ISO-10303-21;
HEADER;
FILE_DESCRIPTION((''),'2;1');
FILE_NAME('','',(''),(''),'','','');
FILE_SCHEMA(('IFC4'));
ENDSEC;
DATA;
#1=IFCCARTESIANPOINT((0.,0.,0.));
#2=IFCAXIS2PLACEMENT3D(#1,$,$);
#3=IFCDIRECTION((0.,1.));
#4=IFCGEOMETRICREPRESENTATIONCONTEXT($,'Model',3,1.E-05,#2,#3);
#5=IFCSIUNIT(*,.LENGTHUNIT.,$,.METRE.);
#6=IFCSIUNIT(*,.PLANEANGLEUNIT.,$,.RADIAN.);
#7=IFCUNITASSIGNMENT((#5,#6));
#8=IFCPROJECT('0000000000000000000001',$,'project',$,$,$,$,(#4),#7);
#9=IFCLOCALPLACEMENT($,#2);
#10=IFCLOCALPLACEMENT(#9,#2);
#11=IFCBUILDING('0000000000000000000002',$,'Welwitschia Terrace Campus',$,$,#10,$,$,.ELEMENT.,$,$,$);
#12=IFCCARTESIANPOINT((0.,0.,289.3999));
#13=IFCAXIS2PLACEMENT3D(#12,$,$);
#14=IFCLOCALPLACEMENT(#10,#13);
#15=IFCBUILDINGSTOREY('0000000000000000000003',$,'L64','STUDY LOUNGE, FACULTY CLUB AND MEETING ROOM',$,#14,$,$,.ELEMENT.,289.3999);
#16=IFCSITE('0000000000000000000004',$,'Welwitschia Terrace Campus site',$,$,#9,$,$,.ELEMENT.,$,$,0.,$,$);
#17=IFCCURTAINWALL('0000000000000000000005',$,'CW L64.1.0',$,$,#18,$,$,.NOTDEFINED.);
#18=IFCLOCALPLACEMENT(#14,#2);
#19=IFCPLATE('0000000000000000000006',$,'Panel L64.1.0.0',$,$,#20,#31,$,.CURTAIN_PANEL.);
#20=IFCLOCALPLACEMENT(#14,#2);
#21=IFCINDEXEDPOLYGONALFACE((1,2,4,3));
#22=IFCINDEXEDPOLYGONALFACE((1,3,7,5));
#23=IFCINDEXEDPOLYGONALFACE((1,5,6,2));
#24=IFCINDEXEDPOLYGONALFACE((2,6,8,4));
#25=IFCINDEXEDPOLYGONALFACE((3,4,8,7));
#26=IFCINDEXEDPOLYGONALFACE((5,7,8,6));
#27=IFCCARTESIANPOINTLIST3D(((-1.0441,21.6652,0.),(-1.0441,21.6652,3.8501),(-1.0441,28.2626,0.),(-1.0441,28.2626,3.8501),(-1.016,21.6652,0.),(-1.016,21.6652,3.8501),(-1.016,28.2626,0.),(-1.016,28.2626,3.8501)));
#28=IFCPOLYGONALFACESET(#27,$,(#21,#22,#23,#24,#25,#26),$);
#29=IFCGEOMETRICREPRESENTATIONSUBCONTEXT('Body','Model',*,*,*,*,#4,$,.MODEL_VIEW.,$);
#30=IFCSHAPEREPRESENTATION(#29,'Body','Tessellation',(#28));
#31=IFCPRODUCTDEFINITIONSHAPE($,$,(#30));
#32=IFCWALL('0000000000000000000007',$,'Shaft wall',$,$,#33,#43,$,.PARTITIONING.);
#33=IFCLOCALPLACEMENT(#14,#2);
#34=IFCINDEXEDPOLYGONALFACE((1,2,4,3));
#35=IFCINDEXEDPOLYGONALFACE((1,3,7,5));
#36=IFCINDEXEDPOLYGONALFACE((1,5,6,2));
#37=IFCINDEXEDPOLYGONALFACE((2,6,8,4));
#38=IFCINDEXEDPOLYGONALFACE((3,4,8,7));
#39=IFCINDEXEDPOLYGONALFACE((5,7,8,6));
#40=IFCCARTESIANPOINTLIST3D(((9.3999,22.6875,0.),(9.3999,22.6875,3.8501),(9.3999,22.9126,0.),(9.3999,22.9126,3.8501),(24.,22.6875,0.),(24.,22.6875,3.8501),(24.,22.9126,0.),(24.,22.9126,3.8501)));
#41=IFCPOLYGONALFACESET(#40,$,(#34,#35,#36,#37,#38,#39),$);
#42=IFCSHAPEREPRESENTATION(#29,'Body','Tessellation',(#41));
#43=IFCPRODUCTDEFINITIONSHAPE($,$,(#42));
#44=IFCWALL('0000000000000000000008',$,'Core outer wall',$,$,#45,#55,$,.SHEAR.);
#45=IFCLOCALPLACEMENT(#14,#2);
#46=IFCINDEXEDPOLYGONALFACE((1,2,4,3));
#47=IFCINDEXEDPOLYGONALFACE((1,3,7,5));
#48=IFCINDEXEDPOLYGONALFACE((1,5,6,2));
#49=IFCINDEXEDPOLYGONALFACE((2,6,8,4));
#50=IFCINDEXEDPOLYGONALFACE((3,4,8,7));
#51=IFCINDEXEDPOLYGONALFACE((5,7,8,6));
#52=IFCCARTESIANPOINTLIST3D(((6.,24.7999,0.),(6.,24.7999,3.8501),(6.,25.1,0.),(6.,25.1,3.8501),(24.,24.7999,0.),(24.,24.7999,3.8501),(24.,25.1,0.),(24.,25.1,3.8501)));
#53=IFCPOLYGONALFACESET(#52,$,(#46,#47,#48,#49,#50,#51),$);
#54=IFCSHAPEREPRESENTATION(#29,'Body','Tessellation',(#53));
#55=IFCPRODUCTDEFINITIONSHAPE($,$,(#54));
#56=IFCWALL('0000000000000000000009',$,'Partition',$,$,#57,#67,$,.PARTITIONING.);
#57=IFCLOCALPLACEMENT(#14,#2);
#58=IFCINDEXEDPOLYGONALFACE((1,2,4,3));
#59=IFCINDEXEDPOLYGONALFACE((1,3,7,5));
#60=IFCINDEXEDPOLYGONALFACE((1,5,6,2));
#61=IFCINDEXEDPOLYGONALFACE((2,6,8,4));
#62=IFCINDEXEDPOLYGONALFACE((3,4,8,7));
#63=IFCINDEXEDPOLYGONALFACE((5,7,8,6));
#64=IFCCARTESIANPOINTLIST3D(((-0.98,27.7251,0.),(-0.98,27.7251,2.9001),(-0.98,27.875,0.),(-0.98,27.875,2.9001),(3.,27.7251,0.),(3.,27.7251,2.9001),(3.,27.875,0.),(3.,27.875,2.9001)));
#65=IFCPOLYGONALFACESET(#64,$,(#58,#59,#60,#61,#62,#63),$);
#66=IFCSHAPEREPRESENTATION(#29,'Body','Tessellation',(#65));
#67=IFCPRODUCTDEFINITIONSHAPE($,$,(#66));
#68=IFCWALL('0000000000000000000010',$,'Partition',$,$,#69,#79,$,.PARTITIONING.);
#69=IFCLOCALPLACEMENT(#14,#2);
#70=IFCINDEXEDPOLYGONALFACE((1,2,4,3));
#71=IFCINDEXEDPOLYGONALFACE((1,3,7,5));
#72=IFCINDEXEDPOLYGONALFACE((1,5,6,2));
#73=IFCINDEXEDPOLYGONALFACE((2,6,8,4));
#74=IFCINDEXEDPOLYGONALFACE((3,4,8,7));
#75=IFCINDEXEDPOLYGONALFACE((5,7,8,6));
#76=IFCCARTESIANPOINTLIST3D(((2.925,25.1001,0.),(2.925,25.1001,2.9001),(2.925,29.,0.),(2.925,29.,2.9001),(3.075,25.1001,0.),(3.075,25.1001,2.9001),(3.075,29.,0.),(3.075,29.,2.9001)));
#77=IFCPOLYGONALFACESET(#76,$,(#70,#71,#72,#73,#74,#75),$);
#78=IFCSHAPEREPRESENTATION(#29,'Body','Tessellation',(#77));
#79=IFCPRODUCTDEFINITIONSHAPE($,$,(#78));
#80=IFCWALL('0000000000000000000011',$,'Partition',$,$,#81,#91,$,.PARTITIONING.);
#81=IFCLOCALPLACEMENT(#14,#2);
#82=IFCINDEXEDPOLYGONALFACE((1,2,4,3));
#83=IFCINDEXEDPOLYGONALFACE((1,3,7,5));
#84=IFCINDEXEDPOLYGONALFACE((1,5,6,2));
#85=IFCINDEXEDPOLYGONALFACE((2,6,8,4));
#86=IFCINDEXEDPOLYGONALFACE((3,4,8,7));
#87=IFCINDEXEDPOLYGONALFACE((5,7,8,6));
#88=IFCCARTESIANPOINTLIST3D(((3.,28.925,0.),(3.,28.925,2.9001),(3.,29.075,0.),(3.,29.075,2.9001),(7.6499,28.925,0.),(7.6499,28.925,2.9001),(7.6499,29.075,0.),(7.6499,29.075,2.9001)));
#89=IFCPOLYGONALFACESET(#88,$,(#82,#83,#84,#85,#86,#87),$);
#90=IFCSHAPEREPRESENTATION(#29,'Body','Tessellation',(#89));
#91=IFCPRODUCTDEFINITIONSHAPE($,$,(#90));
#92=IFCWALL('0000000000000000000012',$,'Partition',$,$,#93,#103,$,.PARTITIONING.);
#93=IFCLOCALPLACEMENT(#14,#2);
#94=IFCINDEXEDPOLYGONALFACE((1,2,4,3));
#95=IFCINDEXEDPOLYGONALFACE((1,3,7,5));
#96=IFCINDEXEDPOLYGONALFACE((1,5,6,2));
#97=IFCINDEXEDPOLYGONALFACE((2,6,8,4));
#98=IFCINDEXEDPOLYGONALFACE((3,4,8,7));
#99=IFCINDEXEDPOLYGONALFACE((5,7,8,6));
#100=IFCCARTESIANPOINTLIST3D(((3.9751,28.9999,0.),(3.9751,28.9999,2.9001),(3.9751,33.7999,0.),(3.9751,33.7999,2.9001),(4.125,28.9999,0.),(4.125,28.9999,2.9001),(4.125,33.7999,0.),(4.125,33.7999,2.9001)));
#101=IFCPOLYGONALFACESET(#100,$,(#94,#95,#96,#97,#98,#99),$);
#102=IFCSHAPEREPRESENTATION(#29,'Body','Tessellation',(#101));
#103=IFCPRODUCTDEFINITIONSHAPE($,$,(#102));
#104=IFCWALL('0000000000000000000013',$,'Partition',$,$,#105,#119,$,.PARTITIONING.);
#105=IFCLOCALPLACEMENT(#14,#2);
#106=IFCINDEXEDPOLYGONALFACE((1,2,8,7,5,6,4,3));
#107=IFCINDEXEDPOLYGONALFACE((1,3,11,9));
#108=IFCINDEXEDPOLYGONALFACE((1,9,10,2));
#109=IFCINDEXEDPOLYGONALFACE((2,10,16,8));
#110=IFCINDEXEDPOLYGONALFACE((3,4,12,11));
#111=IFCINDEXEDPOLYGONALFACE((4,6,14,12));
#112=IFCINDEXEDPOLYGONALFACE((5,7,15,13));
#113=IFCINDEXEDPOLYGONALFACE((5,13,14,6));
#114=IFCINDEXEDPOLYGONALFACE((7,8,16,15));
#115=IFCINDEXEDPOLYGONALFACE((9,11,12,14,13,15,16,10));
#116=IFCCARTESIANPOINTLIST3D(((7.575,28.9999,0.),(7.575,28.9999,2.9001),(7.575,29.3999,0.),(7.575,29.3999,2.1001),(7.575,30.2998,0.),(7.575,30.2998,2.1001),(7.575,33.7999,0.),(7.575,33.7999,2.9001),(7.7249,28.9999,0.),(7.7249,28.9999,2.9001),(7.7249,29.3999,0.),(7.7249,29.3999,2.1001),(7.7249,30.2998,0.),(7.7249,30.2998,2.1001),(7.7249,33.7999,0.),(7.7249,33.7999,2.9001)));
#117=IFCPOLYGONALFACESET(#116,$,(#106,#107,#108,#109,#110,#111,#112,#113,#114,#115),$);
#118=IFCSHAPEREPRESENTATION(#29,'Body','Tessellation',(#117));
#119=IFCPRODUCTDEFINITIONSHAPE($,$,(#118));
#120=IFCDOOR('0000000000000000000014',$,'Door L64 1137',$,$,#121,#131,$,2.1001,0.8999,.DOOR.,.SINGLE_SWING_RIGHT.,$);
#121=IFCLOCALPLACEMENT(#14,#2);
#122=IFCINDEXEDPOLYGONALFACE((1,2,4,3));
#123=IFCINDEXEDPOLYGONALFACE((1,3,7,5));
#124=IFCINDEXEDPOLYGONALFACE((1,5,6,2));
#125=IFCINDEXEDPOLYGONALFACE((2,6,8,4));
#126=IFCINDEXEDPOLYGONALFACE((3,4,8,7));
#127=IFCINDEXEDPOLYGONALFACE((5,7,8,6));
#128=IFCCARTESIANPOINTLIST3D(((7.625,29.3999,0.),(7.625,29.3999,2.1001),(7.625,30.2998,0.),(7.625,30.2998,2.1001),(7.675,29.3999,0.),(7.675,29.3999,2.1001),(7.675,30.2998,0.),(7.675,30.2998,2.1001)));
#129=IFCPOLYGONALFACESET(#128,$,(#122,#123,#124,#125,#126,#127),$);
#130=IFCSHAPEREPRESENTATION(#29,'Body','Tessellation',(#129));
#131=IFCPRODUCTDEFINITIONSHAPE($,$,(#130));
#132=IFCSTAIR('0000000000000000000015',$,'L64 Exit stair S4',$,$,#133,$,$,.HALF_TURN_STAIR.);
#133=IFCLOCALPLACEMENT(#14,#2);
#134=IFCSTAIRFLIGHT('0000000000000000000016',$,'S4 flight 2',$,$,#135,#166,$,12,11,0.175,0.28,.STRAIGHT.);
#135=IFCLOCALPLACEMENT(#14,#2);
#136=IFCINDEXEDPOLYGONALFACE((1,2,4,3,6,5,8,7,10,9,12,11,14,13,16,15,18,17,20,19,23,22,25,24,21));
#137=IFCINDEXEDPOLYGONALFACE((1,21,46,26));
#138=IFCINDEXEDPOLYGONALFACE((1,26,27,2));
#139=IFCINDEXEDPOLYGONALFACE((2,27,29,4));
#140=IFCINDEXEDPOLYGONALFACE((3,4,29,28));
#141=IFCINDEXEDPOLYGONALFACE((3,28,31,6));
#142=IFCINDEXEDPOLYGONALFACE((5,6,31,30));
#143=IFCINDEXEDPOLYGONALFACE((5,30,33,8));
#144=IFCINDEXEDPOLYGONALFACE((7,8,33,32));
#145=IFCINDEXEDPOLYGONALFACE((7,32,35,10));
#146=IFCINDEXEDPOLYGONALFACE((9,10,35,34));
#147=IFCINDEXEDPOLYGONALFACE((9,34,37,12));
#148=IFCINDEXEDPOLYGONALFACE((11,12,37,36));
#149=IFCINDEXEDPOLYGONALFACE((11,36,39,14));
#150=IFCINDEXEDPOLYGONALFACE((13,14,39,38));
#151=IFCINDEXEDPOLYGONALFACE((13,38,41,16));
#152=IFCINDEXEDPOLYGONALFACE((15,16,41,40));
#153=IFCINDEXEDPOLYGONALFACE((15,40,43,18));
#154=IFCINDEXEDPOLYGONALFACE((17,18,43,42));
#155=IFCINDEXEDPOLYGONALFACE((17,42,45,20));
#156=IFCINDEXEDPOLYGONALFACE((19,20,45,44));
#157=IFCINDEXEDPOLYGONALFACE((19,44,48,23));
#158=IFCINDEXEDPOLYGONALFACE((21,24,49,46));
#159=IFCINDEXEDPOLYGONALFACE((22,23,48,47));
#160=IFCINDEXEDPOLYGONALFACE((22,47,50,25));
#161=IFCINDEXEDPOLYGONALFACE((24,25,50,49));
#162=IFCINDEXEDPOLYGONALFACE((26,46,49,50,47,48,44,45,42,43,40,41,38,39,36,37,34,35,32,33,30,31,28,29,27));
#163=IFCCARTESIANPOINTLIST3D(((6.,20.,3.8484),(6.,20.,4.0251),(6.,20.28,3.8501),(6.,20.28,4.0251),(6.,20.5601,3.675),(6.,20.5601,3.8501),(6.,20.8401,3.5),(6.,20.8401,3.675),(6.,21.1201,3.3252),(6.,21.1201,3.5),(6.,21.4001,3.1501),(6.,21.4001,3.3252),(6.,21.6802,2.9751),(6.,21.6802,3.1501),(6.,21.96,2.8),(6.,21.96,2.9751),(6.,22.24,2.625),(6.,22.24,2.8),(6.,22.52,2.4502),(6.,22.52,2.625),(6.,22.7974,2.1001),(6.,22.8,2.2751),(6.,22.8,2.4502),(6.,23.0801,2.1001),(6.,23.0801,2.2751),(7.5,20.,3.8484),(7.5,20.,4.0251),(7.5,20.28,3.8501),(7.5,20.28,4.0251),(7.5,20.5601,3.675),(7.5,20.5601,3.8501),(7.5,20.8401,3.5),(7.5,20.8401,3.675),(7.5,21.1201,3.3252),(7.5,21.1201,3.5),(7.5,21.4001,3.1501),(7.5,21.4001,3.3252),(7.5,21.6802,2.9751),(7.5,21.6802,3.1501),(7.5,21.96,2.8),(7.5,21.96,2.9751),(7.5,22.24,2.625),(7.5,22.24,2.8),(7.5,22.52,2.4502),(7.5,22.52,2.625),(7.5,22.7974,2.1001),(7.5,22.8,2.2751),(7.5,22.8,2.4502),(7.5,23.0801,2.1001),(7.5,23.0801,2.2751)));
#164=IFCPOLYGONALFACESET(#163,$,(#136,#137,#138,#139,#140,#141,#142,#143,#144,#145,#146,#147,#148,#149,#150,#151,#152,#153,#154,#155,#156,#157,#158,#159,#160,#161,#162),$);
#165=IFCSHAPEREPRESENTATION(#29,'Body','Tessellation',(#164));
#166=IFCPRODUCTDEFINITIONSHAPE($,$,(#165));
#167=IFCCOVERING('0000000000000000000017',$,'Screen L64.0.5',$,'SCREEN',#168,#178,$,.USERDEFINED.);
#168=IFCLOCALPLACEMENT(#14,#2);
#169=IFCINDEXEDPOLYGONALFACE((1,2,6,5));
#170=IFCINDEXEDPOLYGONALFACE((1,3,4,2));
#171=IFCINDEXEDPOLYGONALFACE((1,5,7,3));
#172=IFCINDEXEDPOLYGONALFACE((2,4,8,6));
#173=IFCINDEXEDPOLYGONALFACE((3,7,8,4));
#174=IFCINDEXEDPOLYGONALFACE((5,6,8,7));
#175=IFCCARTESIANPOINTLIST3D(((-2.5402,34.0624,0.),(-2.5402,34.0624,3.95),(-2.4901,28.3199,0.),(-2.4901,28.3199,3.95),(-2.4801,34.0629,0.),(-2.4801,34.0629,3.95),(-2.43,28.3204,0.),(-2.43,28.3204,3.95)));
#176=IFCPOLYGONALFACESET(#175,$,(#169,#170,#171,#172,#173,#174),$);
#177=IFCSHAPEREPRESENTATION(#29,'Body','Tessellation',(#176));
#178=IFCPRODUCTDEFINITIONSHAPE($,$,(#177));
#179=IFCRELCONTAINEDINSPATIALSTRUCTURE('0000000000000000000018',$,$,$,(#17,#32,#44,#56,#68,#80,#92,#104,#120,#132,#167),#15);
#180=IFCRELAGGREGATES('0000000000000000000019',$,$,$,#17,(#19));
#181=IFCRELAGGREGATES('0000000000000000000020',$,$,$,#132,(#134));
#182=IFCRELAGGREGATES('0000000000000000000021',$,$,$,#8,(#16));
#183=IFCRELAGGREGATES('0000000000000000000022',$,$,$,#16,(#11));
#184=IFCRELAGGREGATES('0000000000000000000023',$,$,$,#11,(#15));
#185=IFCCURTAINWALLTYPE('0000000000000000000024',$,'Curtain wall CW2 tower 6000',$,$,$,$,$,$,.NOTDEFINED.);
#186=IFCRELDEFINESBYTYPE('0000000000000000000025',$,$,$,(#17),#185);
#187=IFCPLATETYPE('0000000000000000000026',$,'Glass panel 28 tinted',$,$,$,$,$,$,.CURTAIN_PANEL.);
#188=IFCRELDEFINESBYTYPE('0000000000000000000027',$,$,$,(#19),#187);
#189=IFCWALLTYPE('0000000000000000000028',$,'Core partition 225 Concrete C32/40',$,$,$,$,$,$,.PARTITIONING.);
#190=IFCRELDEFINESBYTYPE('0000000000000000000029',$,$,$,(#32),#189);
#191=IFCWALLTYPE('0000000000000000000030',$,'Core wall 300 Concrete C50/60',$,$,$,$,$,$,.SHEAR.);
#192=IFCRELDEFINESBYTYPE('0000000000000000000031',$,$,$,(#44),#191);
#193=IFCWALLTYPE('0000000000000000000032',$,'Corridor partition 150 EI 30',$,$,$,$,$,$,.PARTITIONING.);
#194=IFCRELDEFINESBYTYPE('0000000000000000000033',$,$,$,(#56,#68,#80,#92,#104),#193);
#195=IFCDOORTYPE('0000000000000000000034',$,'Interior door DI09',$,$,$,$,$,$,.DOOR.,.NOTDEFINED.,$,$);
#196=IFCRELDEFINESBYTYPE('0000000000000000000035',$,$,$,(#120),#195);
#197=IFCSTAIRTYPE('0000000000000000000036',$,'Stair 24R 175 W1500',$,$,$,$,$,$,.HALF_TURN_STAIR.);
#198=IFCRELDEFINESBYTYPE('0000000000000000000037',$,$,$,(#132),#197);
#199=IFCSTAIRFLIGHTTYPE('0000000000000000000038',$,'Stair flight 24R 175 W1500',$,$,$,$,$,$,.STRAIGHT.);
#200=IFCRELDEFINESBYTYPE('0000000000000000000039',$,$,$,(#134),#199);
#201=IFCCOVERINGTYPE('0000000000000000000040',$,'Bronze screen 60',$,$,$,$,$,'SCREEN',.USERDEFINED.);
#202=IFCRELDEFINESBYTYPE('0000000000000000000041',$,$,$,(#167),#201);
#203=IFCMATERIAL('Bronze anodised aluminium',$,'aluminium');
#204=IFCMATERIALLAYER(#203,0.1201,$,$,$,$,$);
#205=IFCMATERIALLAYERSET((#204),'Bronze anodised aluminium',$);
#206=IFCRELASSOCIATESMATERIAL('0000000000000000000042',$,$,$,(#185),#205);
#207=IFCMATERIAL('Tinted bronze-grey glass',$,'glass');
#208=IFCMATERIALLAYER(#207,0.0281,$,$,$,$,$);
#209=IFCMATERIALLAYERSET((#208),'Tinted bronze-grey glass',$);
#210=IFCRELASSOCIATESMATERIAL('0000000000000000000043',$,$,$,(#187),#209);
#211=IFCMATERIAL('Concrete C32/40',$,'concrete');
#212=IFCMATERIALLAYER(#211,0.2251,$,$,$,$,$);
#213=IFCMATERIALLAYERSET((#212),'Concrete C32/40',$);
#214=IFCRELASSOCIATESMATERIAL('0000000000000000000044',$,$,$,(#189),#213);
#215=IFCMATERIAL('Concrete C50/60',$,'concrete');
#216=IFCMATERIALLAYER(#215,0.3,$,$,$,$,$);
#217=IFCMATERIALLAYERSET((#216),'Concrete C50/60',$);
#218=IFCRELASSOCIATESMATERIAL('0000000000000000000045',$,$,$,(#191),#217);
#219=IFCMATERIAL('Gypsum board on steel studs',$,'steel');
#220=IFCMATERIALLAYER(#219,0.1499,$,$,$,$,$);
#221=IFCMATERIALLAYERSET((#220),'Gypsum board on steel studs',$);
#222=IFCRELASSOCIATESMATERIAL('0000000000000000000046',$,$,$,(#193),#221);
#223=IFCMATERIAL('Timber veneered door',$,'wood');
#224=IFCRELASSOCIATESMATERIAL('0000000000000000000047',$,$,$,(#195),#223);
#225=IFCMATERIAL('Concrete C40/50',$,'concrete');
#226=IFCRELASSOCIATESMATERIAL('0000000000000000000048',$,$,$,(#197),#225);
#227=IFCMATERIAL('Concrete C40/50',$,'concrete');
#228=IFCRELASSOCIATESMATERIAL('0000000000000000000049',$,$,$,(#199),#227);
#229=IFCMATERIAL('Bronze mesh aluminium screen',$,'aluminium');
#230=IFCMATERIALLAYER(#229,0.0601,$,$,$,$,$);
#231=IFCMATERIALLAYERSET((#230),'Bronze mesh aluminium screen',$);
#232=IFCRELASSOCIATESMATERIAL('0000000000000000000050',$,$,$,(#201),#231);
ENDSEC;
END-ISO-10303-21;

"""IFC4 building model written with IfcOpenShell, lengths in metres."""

from ifc_helpers import new_model, si_unit, direction, frame, frame_2d, origin, origin_2d, place, context, subcontext, project, spatial, polyline, rectangle, outline, extrude, material, layer, layer_set, type_object, element, fill, aggregate, save


model = new_model("IFC4")

# Units and contexts
model_context = context("Model", 3, precision=1e-05, world=origin(), true_north=direction((0.0, 1.0)))
body_context = subcontext(model_context, "Body", "Model", "MODEL_VIEW")
ifc_project = project(units=[si_unit("LENGTHUNIT", "METRE"), si_unit("PLANEANGLEUNIT", "RADIAN")], contexts=[model_context])

# Site, building, storey
site_placement = place(None, origin())
site = spatial("IfcSite", under=ifc_project, at=site_placement, Name="Welwitschia Terrace Campus site", CompositionType="ELEMENT", RefElevation=0.0)
building_placement = place(site_placement, origin())
building = spatial("IfcBuilding", under=site, at=building_placement, Name="Welwitschia Terrace Campus", CompositionType="ELEMENT")
storey_placement = place(building_placement, frame((0.0, 0.0, 289.3999)))
storey = spatial("IfcBuildingStorey", under=building, at=storey_placement, Name="L64", Description="STUDY LOUNGE, FACULTY CLUB AND MEETING ROOM", CompositionType="ELEMENT", Elevation=289.3999)

# Shared definitions
ifc_material_1 = material(Name="Bronze anodised aluminium", Category="aluminium")
ifc_layer_1 = layer(ifc_material_1, 0.1201)
ifc_layer_set_1 = layer_set([ifc_layer_1], Name="Bronze anodised aluminium")
curtain_wall_type = type_object("IfcCurtainWallType", Name="Curtain wall CW2 tower 6000", PredefinedType="NOTDEFINED", material=ifc_layer_set_1)

# Curtain wall
curtain_wall_1_placement = place(storey_placement, origin())
curtain_wall_1 = element("IfcCurtainWall", 1, at=curtain_wall_1_placement, inside=storey, type_object=curtain_wall_type, Name="CW L64.1.0", PredefinedType="NOTDEFINED")

# Plate
ifc_material_2 = material(Name="Tinted bronze-grey glass", Category="glass")
ifc_layer_2 = layer(ifc_material_2, 0.0281)
ifc_layer_set_2 = layer_set([ifc_layer_2], Name="Tinted bronze-grey glass")
plate_type = type_object("IfcPlateType", Name="Glass panel 28 tinted", PredefinedType="CURTAIN_PANEL", material=ifc_layer_set_2)
plate_placement = place(storey_placement, frame((-1.03, 24.9639, 0.0), z_axis=(0.0, 0.0, 1.0), x_axis=(0.0, -1.0, 0.0)))
plate = element("IfcPlate", 2, at=plate_placement, type_object=plate_type, Name="Panel L64.1.0.0", PredefinedType="CURTAIN_PANEL", context=body_context, shape_type="SweptSolid", body=[
    extrude(rectangle(XDim=6.5974, YDim=0.0281, at=origin_2d()), origin(), (0.0, 0.0, 1.0), 3.8501),
])
aggregate(curtain_wall_1, [plate])

# Walls
ifc_material_3 = material(Name="Concrete C32/40", Category="concrete")
ifc_layer_3 = layer(ifc_material_3, 0.2251)
ifc_layer_set_3 = layer_set([ifc_layer_3], Name="Concrete C32/40")
wall_type_1 = type_object("IfcWallType", Name="Core partition 225 Concrete C32/40", PredefinedType="PARTITIONING", material=ifc_layer_set_3)
wall_1_placement = place(storey_placement, frame((9.3999, 22.8, 0.0), z_axis=(0.0, 0.0, 1.0), x_axis=(1.0, 0.0, 0.0)))
element("IfcWall", 3, at=wall_1_placement, inside=storey, type_object=wall_type_1, Name="Shaft wall", PredefinedType="PARTITIONING", context=body_context, shape_type="SweptSolid", body=[
    extrude(rectangle(XDim=14.6001, YDim=0.2251, at=frame_2d((7.3, 0.0))), origin(), (0.0, 0.0, 1.0), 3.8501),
])
ifc_material_4 = material(Name="Concrete C50/60", Category="concrete")
ifc_layer_4 = layer(ifc_material_4, 0.3)
ifc_layer_set_4 = layer_set([ifc_layer_4], Name="Concrete C50/60")
wall_type_2 = type_object("IfcWallType", Name="Core wall 300 Concrete C50/60", PredefinedType="SHEAR", material=ifc_layer_set_4)
wall_2_placement = place(storey_placement, frame((6.0, 24.95, 0.0), z_axis=(0.0, 0.0, 1.0), x_axis=(1.0, 0.0, 0.0)))
element("IfcWall", 4, at=wall_2_placement, inside=storey, type_object=wall_type_2, Name="Core outer wall", PredefinedType="SHEAR", context=body_context, shape_type="SweptSolid", body=[
    extrude(rectangle(XDim=18.0, YDim=0.3, at=frame_2d((9.0, 0.0))), origin(), (0.0, 0.0, 1.0), 3.8501),
])
ifc_material_5 = material(Name="Gypsum board on steel studs", Category="steel")
ifc_layer_5 = layer(ifc_material_5, 0.1499)
ifc_layer_set_5 = layer_set([ifc_layer_5], Name="Gypsum board on steel studs")
wall_type_3 = type_object("IfcWallType", Name="Corridor partition 150 EI 30", PredefinedType="PARTITIONING", material=ifc_layer_set_5)
wall_3_placement = place(storey_placement, frame((-0.98, 27.8, 0.0), z_axis=(0.0, 0.0, 1.0), x_axis=(1.0, 0.0, 0.0)))
element("IfcWall", 5, at=wall_3_placement, inside=storey, type_object=wall_type_3, Name="Partition", PredefinedType="PARTITIONING", context=body_context, shape_type="SweptSolid", body=[
    extrude(rectangle(XDim=3.98, YDim=0.1499, at=frame_2d((1.99, 0.0))), origin(), (0.0, 0.0, 1.0), 2.9001),
])
wall_4_placement = place(storey_placement, frame((3.0, 25.1001, 0.0), z_axis=(0.0, 0.0, 1.0), x_axis=(0.0, 1.0, 0.0)))
element("IfcWall", 6, at=wall_4_placement, inside=storey, type_object=wall_type_3, Name="Partition", PredefinedType="PARTITIONING", context=body_context, shape_type="SweptSolid", body=[
    extrude(rectangle(XDim=3.8999, YDim=0.1499, at=frame_2d((1.95, 0.0))), origin(), (0.0, 0.0, 1.0), 2.9001),
])
wall_5_placement = place(storey_placement, frame((3.0, 29.0, 0.0), z_axis=(0.0, 0.0, 1.0), x_axis=(1.0, 0.0, 0.0)))
element("IfcWall", 7, at=wall_5_placement, inside=storey, type_object=wall_type_3, Name="Partition", PredefinedType="PARTITIONING", context=body_context, shape_type="SweptSolid", body=[
    extrude(rectangle(XDim=4.6499, YDim=0.1499, at=frame_2d((2.325, 0.0))), origin(), (0.0, 0.0, 1.0), 2.9001),
])
wall_6_placement = place(storey_placement, frame((4.05, 29.0, 0.0), z_axis=(0.0, 0.0, 1.0), x_axis=(0.0, 1.0, 0.0)))
element("IfcWall", 8, at=wall_6_placement, inside=storey, type_object=wall_type_3, Name="Partition", PredefinedType="PARTITIONING", context=body_context, shape_type="SweptSolid", body=[
    extrude(rectangle(XDim=4.8, YDim=0.1499, at=frame_2d((2.3999, 0.0))), origin(), (0.0, 0.0, 1.0), 2.9001),
])

# Wall, opening, door
wall_7_placement = place(storey_placement, frame((7.6499, 29.0, 0.0), z_axis=(0.0, 0.0, 1.0), x_axis=(0.0, 1.0, 0.0)))
wall_7 = element("IfcWall", 9, at=wall_7_placement, inside=storey, type_object=wall_type_3, Name="Partition", PredefinedType="PARTITIONING", context=body_context, shape_type="SweptSolid", body=[
    extrude(rectangle(XDim=4.8, YDim=0.1499, at=frame_2d((2.3999, 0.0))), origin(), (0.0, 0.0, 1.0), 2.9001),
])
opening_placement = place(wall_7_placement, frame((0.3999, 0.0, 0.0)))
opening = element("IfcOpeningElement", 10, at=opening_placement, cuts=wall_7, PredefinedType="OPENING", context=body_context, shape_type="SweptSolid", body=[
    extrude(rectangle(XDim=0.8999, YDim=2.1001, at=frame_2d((0.45, 1.05))), frame((0.0, 0.085, 0.0), z_axis=(0.0, -1.0, 0.0), x_axis=(1.0, 0.0, 0.0)), (0.0, 0.0, 1.0), 0.1699),
])
ifc_material_6 = material(Name="Timber veneered door", Category="wood")
door_type = type_object("IfcDoorType", Name="Interior door DI09", OperationType="NOTDEFINED", PredefinedType="DOOR", material=ifc_material_6)
door_placement = place(opening_placement, origin())
door = element("IfcDoor", 11, at=door_placement, inside=storey, type_object=door_type, Name="Door L64 1137", OperationType="SINGLE_SWING_RIGHT", OverallHeight=2.1001, OverallWidth=0.8999, PredefinedType="DOOR", context=body_context, shape_type="SweptSolid", body=[
    extrude(rectangle(XDim=0.8999, YDim=2.1001, at=frame_2d((0.45, 1.05))), frame((0.0, 0.0249, 0.0), z_axis=(0.0, -1.0, 0.0), x_axis=(1.0, 0.0, 0.0)), (0.0, 0.0, 1.0), 0.05),
])
fill(opening, door)

# Stair, stair flight
ifc_material_7 = material(Name="Concrete C40/50", Category="concrete")
stair_type = type_object("IfcStairType", Name="Stair 24R 175 W1500", PredefinedType="HALF_TURN_STAIR", material=ifc_material_7)
stair_placement = place(storey_placement, origin())
stair = element("IfcStair", 12, at=stair_placement, inside=storey, type_object=stair_type, Name="L64 Exit stair S4", PredefinedType="HALF_TURN_STAIR")
ifc_material_8 = material(Name="Concrete C40/50", Category="concrete")
stair_flight_type = type_object("IfcStairFlightType", Name="Stair flight 24R 175 W1500", PredefinedType="STRAIGHT", material=ifc_material_8)
stair_flight_placement = place(storey_placement, frame((6.75, 23.0801, 2.1001), z_axis=(0.0, 0.0, 1.0), x_axis=(0.0, -1.0, 0.0)))
stair_flight = element("IfcStairFlight", 13, at=stair_flight_placement, type_object=stair_flight_type, Name="S4 flight 2", NumberOfRisers=12, NumberOfTreads=11, PredefinedType="STRAIGHT", RiserHeight=0.175, TreadLength=0.28, context=body_context, shape_type="SweptSolid", body=[
    extrude(outline(polyline([(0.0, 0.0), (0.0, 0.175), (0.28, 0.175), (0.28, 0.3501), (0.5601, 0.3501), (0.5601, 0.5249), (0.8401, 0.5249), (0.8401, 0.7), (1.1201, 0.7), (1.1201, 0.875), (1.3999, 0.875), (1.3999, 1.05), (1.6799, 1.05), (1.6799, 1.2251), (1.96, 1.2251), (1.96, 1.3999), (2.24, 1.3999), (2.24, 1.575), (2.52, 1.575), (2.52, 1.75), (2.8, 1.75), (2.8, 1.925), (3.0801, 1.925), (3.0801, 2.1001), (3.0801, 1.7483), (0.2827, 0.0), (0.0, 0.0)])), frame((0.0, 0.75, 0.0), z_axis=(0.0, -1.0, 0.0), x_axis=(1.0, 0.0, 0.0)), (0.0, 0.0, 1.0), 1.5),
])
aggregate(stair, [stair_flight])

# Covering
ifc_material_9 = material(Name="Bronze mesh aluminium screen", Category="aluminium")
ifc_layer_6 = layer(ifc_material_9, 0.0601)
ifc_layer_set_6 = layer_set([ifc_layer_6], Name="Bronze mesh aluminium screen")
covering_type = type_object("IfcCoveringType", Name="Bronze screen 60", ElementType="SCREEN", PredefinedType="USERDEFINED", material=ifc_layer_set_6)
covering_1_placement = place(storey_placement, frame((-2.4851, 31.1914, 0.0), z_axis=(0.0, 0.0, 1.0), x_axis=(0.008727, -0.999962, 0.0)))
element("IfcCovering", 14, at=covering_1_placement, inside=storey, type_object=covering_type, Name="Screen L64.0.5", ObjectType="SCREEN", PredefinedType="USERDEFINED", context=body_context, shape_type="SweptSolid", body=[
    extrude(rectangle(XDim=5.7427, YDim=0.0601, at=origin_2d()), origin(), (0.0, 0.0, 1.0), 3.95),
])

save(model, "model.ifc")
